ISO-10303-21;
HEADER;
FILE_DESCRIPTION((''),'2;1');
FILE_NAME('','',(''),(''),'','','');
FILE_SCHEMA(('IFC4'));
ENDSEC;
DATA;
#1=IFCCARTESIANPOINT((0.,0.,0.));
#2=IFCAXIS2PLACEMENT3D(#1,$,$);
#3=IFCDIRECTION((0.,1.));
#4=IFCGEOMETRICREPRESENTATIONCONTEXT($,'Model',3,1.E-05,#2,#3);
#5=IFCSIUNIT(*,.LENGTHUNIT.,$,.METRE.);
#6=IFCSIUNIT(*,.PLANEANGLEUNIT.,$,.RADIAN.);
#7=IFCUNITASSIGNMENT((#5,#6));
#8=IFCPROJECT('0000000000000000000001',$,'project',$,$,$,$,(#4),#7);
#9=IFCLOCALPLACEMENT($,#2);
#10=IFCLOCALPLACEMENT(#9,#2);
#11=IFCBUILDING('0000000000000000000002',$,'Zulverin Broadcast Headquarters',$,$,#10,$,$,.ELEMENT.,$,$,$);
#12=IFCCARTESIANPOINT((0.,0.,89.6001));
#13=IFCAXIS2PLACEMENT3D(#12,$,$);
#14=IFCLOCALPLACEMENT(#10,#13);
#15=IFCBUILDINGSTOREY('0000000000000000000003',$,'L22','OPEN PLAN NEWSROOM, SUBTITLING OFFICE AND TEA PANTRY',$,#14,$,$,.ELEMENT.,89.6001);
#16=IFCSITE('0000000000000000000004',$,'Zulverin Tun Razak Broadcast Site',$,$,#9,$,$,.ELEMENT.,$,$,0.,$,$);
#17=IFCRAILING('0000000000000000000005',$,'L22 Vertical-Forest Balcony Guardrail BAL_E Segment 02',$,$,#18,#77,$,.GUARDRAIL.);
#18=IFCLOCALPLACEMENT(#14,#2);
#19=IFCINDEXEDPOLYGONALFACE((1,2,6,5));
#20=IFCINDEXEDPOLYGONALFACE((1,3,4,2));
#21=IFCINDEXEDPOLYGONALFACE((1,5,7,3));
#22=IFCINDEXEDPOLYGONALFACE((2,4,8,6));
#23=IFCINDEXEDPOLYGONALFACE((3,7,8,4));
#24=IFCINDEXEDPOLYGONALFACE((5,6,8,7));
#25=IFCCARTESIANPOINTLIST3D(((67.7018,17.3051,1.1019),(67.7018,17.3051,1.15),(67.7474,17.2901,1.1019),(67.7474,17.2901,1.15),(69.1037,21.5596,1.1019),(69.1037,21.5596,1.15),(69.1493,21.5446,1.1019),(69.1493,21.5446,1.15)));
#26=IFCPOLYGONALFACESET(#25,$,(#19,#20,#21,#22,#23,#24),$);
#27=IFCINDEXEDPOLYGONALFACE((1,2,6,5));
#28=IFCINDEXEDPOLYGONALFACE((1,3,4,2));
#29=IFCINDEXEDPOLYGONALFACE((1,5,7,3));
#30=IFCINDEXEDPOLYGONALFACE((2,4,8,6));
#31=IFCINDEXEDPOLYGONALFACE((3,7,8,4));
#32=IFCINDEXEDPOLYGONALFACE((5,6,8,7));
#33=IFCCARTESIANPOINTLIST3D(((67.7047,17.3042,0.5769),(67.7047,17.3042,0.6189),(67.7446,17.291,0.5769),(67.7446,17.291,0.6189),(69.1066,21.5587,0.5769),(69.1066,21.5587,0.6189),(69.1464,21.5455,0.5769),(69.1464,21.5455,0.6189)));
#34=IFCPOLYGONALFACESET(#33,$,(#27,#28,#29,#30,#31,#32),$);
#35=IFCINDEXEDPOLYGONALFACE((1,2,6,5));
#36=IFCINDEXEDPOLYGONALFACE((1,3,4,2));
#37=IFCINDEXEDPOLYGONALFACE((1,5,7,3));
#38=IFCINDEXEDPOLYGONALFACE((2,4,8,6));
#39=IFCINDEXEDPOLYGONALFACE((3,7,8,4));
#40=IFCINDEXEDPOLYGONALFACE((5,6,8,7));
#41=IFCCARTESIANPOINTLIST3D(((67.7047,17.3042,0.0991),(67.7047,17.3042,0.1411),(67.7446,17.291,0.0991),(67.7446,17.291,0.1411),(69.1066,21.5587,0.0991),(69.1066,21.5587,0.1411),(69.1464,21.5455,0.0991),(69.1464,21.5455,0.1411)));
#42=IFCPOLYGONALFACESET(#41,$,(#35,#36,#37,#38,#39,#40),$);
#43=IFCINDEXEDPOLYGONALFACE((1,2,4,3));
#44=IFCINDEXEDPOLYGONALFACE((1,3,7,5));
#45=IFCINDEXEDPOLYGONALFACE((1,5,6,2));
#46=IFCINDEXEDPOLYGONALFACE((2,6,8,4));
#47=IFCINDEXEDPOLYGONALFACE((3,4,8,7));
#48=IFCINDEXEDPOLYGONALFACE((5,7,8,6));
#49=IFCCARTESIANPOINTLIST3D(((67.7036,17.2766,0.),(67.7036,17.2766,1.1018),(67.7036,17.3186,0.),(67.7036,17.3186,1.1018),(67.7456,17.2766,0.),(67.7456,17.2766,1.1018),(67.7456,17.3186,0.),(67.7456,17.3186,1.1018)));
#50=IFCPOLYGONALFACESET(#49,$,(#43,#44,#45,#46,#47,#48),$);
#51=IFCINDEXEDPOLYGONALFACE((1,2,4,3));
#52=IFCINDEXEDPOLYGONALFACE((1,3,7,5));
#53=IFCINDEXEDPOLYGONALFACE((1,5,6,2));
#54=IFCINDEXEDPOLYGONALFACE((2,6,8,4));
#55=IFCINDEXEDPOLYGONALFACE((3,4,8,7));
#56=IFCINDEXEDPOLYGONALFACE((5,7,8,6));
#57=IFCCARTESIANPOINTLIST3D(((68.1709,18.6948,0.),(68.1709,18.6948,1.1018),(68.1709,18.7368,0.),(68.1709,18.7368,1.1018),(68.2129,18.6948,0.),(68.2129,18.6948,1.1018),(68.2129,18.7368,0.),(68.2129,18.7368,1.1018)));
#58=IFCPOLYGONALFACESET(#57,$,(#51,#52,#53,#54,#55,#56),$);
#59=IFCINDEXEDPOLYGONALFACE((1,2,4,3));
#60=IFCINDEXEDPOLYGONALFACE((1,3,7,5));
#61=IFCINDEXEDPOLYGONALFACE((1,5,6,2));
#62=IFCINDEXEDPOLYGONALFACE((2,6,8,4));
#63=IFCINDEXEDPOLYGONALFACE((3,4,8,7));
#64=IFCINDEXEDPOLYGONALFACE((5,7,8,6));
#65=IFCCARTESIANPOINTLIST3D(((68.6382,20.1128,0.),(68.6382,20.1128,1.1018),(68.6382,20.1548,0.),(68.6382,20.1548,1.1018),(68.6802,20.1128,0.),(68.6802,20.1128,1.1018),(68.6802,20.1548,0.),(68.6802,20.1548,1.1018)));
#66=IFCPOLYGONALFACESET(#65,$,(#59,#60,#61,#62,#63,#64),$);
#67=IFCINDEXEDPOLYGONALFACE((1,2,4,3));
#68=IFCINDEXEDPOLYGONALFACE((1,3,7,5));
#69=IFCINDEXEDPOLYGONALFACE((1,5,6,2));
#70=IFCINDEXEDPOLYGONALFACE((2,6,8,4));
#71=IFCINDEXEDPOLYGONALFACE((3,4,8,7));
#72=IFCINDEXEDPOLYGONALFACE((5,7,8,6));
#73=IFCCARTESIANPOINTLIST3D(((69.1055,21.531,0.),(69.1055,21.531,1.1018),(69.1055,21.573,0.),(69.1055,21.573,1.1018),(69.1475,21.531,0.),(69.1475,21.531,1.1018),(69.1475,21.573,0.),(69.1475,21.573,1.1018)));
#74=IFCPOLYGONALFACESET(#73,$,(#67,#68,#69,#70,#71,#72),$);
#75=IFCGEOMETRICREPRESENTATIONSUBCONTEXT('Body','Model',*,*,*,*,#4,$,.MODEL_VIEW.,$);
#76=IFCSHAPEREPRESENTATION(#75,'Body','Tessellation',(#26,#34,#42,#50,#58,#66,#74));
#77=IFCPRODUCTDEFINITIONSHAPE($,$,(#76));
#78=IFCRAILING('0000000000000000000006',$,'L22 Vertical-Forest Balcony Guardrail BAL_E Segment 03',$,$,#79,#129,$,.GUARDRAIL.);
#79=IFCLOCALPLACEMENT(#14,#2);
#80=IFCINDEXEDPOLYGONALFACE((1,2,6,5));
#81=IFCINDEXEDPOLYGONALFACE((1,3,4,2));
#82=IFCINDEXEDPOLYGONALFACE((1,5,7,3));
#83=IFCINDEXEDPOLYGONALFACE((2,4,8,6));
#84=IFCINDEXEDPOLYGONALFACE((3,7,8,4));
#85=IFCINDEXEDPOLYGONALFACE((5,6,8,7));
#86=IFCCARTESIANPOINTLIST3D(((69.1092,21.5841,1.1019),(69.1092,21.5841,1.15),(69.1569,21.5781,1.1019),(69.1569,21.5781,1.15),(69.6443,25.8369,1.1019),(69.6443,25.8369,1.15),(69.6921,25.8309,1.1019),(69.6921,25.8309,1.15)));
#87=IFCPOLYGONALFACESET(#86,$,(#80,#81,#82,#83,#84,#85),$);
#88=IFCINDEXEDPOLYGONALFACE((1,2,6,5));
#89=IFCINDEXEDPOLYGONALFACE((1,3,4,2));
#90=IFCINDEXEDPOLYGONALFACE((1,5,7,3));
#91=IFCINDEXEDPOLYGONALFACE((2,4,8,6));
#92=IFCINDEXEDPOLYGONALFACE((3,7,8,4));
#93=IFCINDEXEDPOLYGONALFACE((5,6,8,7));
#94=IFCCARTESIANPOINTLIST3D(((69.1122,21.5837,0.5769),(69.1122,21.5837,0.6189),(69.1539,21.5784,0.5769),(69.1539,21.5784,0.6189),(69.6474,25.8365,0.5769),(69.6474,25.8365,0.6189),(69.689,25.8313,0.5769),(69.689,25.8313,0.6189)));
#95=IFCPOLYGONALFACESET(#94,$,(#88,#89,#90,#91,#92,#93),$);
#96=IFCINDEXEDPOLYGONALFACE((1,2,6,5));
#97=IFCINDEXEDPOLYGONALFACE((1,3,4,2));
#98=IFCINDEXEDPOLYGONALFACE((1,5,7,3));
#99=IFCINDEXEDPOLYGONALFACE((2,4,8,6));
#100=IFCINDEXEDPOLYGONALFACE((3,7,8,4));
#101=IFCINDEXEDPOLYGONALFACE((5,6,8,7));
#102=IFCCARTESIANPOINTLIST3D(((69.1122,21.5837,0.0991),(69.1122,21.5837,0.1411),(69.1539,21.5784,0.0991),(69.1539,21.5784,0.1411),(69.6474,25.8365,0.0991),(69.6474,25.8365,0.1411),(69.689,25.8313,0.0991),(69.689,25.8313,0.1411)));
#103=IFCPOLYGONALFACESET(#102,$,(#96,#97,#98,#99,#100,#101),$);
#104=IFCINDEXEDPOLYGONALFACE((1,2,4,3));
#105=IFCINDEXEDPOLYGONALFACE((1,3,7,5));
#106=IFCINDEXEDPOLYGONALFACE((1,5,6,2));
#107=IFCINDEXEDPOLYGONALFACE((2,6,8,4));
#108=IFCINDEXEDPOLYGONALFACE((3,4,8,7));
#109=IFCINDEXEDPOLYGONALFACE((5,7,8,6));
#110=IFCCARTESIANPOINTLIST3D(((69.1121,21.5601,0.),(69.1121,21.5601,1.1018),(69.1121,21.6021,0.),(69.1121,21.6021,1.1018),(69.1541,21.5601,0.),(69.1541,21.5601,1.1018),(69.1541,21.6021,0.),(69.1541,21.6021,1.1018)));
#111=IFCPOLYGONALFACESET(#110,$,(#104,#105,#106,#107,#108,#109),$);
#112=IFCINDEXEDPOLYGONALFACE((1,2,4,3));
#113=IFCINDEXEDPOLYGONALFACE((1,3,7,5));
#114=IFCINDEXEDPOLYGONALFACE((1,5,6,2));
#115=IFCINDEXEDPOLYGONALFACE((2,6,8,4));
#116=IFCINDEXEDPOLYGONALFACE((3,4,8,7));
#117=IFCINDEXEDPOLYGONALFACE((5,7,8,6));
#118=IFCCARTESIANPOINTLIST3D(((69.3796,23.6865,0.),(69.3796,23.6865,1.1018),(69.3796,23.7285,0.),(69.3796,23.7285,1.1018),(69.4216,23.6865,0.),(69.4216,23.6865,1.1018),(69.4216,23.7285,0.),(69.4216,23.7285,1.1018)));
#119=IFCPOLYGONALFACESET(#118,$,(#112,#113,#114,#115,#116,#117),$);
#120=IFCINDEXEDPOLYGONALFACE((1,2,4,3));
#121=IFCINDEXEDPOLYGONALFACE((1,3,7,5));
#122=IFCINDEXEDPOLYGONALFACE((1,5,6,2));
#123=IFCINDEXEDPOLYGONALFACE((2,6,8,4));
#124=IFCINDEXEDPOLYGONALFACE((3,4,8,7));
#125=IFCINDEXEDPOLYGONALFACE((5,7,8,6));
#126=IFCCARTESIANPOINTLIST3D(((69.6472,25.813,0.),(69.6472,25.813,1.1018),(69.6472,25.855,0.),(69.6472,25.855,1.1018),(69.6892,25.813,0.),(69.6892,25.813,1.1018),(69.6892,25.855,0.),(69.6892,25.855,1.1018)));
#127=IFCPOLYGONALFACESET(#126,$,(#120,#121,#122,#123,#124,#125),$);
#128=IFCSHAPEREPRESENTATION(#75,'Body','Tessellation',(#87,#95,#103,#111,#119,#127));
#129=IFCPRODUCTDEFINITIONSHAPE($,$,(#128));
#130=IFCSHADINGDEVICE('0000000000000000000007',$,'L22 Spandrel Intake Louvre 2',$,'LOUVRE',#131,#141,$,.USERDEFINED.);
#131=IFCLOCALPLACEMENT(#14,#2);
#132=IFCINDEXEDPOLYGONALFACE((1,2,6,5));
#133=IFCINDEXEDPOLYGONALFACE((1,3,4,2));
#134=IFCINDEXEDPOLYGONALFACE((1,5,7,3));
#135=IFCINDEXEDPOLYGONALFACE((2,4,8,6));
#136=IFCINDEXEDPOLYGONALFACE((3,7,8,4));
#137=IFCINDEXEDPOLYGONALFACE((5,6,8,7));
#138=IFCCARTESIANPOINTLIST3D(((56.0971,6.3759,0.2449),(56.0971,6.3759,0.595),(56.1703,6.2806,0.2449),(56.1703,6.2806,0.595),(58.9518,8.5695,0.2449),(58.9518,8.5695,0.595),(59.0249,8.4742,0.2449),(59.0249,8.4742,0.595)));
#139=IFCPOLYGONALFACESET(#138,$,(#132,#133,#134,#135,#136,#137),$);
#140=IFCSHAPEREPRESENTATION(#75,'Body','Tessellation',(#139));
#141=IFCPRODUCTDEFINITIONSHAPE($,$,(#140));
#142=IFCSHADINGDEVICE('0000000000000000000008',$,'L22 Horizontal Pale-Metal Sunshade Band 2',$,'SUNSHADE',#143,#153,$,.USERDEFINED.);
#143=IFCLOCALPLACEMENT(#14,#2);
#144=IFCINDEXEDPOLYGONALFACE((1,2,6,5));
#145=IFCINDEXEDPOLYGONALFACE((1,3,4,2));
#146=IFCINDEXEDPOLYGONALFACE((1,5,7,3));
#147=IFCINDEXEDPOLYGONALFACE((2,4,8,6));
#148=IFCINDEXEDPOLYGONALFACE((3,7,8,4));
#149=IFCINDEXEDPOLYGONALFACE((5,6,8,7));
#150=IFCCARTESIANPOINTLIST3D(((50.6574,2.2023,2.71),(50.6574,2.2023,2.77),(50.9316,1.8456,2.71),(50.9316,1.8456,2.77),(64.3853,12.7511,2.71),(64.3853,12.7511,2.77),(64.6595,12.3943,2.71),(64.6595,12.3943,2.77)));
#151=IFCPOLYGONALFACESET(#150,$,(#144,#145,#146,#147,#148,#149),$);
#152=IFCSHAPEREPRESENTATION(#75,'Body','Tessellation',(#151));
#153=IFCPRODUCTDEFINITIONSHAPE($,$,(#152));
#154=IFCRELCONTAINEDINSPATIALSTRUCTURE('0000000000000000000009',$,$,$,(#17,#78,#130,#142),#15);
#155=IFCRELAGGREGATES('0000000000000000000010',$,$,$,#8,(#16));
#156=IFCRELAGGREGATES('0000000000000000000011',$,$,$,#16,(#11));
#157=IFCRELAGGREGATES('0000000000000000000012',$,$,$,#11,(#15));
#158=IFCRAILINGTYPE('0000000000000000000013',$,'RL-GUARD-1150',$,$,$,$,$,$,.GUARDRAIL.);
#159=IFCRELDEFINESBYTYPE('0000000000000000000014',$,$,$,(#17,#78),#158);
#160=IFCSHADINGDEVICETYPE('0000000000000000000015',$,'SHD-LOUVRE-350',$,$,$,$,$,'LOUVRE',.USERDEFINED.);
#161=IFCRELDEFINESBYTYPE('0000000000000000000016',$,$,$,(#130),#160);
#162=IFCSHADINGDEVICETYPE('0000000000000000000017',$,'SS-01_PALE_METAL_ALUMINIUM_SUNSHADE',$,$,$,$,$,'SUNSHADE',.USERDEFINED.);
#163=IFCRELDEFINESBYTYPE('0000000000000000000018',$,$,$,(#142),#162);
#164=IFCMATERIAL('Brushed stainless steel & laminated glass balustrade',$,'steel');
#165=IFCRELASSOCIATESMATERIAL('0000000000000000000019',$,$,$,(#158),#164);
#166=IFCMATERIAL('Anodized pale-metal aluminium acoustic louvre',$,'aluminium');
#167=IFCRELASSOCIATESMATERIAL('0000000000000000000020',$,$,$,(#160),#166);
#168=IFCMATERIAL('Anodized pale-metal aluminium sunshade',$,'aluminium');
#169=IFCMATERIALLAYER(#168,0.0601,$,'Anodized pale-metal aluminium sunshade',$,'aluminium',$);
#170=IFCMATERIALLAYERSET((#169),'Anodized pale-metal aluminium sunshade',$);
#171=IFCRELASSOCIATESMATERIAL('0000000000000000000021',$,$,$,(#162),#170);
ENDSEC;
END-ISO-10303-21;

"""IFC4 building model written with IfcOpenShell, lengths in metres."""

from ifc_helpers import new_model, si_unit, direction, frame, origin, origin_2d, place, context, subcontext, project, spatial, rectangle, extrude, material, layer, layer_set, type_object, element, save


model = new_model("IFC4")

# Units and contexts
model_context = context("Model", 3, precision=1e-05, world=origin(), true_north=direction((0.0, 1.0)))
body_context = subcontext(model_context, "Body", "Model", "MODEL_VIEW")
ifc_project = project(units=[si_unit("LENGTHUNIT", "METRE"), si_unit("PLANEANGLEUNIT", "RADIAN")], contexts=[model_context])

# Site, building, storey
site_placement = place(None, origin())
site = spatial("IfcSite", under=ifc_project, at=site_placement, Name="Zulverin Tun Razak Broadcast Site", CompositionType="ELEMENT", RefElevation=0.0)
building_placement = place(site_placement, origin())
building = spatial("IfcBuilding", under=site, at=building_placement, Name="Zulverin Broadcast Headquarters", CompositionType="ELEMENT")
storey_placement = place(building_placement, frame((0.0, 0.0, 89.6001)))
storey = spatial("IfcBuildingStorey", under=building, at=storey_placement, Name="L22", Description="OPEN PLAN NEWSROOM, SUBTITLING OFFICE AND TEA PANTRY", CompositionType="ELEMENT", Elevation=89.6001)

# Railings
ifc_material_1 = material(Name="Brushed stainless steel & laminated glass balustrade", Category="steel")
railing_type = type_object("IfcRailingType", Name="RL-GUARD-1150", PredefinedType="GUARDRAIL", material=ifc_material_1)
railing_1_placement = place(storey_placement, frame((67.7246, 17.2976, 0.0)))
element("IfcRailing", 1, at=railing_1_placement, inside=storey, type_object=railing_type, Name="L22 Vertical-Forest Balcony Guardrail BAL_E Segment 02", PredefinedType="GUARDRAIL", context=body_context, shape_type="SweptSolid", body=[
    extrude(rectangle(XDim=0.0481, YDim=0.0481, at=origin_2d()), frame((0.0, 0.0, 1.126), z_axis=(0.312956, 0.949768, 0.0), x_axis=(-0.949768, 0.312956, 0.0)), (0.0, 0.0, 1.0), 4.4795),
    extrude(rectangle(XDim=0.042, YDim=0.042, at=origin_2d()), frame((0.0, 0.0, 0.5979), z_axis=(0.312956, 0.949768, 0.0), x_axis=(-0.949768, 0.312956, 0.0)), (0.0, 0.0, 1.0), 4.4795),
    extrude(rectangle(XDim=0.042, YDim=0.042, at=origin_2d()), frame((0.0, 0.0, 0.1201), z_axis=(0.312956, 0.949768, 0.0), x_axis=(-0.949768, 0.312956, 0.0)), (0.0, 0.0, 1.0), 4.4795),
    extrude(rectangle(XDim=0.042, YDim=0.042, at=origin_2d()), origin(), (0.0, 0.0, 1.0), 1.1018),
    extrude(rectangle(XDim=0.042, YDim=0.042, at=origin_2d()), frame((0.4673, 1.4182, 0.0)), (0.0, 0.0, 1.0), 1.1018),
    extrude(rectangle(XDim=0.042, YDim=0.042, at=origin_2d()), frame((0.9346, 2.8362, 0.0)), (0.0, 0.0, 1.0), 1.1018),
    extrude(rectangle(XDim=0.042, YDim=0.042, at=origin_2d()), frame((1.4019, 4.2544, 0.0)), (0.0, 0.0, 1.0), 1.1018),
])
railing_2_placement = place(storey_placement, frame((69.1331, 21.5811, 0.0)))
element("IfcRailing", 2, at=railing_2_placement, inside=storey, type_object=railing_type, Name="L22 Vertical-Forest Balcony Guardrail BAL_E Segment 03", PredefinedType="GUARDRAIL", context=body_context, shape_type="SweptSolid", body=[
    extrude(rectangle(XDim=0.0481, YDim=0.0481, at=origin_2d()), frame((0.0, 0.0, 1.126), z_axis=(0.124848, 0.992176, 0.0), x_axis=(-0.992176, 0.124848, 0.0)), (0.0, 0.0, 1.0), 4.2864),
    extrude(rectangle(XDim=0.042, YDim=0.042, at=origin_2d()), frame((0.0, 0.0, 0.5979), z_axis=(0.124848, 0.992176, 0.0), x_axis=(-0.992176, 0.124848, 0.0)), (0.0, 0.0, 1.0), 4.2864),
    extrude(rectangle(XDim=0.042, YDim=0.042, at=origin_2d()), frame((0.0, 0.0, 0.1201), z_axis=(0.124848, 0.992176, 0.0), x_axis=(-0.992176, 0.124848, 0.0)), (0.0, 0.0, 1.0), 4.2864),
    extrude(rectangle(XDim=0.042, YDim=0.042, at=origin_2d()), origin(), (0.0, 0.0, 1.0), 1.1018),
    extrude(rectangle(XDim=0.042, YDim=0.042, at=origin_2d()), frame((0.2676, 2.1265, 0.0)), (0.0, 0.0, 1.0), 1.1018),
    extrude(rectangle(XDim=0.042, YDim=0.042, at=origin_2d()), frame((0.5352, 4.2529, 0.0)), (0.0, 0.0, 1.0), 1.1018),
])

# Shading devices
ifc_material_2 = material(Name="Anodized pale-metal aluminium acoustic louvre", Category="aluminium")
shading_device_type_1 = type_object("IfcShadingDeviceType", Name="SHD-LOUVRE-350", ElementType="LOUVRE", PredefinedType="USERDEFINED", material=ifc_material_2)
shading_device_1_placement = place(storey_placement, frame((57.561, 7.425, 0.2449), z_axis=(0.0, 0.0, 1.0), x_axis=(0.792933, 0.609308, 0.0)))
element("IfcShadingDevice", 3, at=shading_device_1_placement, inside=storey, type_object=shading_device_type_1, Name="L22 Spandrel Intake Louvre 2", ObjectType="LOUVRE", PredefinedType="USERDEFINED", context=body_context, shape_type="SweptSolid", body=[
    extrude(rectangle(XDim=3.6001, YDim=0.1201, at=origin_2d()), origin(), (0.0, 0.0, 1.0), 0.3501),
])
ifc_material_3 = material(Name="Anodized pale-metal aluminium sunshade", Category="aluminium")
ifc_layer_1 = layer(ifc_material_3, 0.0601, Name="Anodized pale-metal aluminium sunshade", Category="aluminium")
ifc_layer_set_1 = layer_set([ifc_layer_1], Name="Anodized pale-metal aluminium sunshade")
shading_device_type_2 = type_object("IfcShadingDeviceType", Name="SS-01_PALE_METAL_ALUMINIUM_SUNSHADE", ElementType="SUNSHADE", PredefinedType="USERDEFINED", material=ifc_layer_set_1)
shading_device_2_placement = place(storey_placement, frame((57.6584, 7.2983, 2.71), z_axis=(0.0, 0.0, 1.0), x_axis=(0.792933, 0.609308, 0.0)))
element("IfcShadingDevice", 4, at=shading_device_2_placement, inside=storey, type_object=shading_device_type_2, Name="L22 Horizontal Pale-Metal Sunshade Band 2", ObjectType="SUNSHADE", PredefinedType="USERDEFINED", context=body_context, shape_type="SweptSolid", body=[
    extrude(rectangle(XDim=17.3127, YDim=0.45, at=origin_2d()), origin(), (0.0, 0.0, 1.0), 0.0601),
])

save(model, "model.ifc")
